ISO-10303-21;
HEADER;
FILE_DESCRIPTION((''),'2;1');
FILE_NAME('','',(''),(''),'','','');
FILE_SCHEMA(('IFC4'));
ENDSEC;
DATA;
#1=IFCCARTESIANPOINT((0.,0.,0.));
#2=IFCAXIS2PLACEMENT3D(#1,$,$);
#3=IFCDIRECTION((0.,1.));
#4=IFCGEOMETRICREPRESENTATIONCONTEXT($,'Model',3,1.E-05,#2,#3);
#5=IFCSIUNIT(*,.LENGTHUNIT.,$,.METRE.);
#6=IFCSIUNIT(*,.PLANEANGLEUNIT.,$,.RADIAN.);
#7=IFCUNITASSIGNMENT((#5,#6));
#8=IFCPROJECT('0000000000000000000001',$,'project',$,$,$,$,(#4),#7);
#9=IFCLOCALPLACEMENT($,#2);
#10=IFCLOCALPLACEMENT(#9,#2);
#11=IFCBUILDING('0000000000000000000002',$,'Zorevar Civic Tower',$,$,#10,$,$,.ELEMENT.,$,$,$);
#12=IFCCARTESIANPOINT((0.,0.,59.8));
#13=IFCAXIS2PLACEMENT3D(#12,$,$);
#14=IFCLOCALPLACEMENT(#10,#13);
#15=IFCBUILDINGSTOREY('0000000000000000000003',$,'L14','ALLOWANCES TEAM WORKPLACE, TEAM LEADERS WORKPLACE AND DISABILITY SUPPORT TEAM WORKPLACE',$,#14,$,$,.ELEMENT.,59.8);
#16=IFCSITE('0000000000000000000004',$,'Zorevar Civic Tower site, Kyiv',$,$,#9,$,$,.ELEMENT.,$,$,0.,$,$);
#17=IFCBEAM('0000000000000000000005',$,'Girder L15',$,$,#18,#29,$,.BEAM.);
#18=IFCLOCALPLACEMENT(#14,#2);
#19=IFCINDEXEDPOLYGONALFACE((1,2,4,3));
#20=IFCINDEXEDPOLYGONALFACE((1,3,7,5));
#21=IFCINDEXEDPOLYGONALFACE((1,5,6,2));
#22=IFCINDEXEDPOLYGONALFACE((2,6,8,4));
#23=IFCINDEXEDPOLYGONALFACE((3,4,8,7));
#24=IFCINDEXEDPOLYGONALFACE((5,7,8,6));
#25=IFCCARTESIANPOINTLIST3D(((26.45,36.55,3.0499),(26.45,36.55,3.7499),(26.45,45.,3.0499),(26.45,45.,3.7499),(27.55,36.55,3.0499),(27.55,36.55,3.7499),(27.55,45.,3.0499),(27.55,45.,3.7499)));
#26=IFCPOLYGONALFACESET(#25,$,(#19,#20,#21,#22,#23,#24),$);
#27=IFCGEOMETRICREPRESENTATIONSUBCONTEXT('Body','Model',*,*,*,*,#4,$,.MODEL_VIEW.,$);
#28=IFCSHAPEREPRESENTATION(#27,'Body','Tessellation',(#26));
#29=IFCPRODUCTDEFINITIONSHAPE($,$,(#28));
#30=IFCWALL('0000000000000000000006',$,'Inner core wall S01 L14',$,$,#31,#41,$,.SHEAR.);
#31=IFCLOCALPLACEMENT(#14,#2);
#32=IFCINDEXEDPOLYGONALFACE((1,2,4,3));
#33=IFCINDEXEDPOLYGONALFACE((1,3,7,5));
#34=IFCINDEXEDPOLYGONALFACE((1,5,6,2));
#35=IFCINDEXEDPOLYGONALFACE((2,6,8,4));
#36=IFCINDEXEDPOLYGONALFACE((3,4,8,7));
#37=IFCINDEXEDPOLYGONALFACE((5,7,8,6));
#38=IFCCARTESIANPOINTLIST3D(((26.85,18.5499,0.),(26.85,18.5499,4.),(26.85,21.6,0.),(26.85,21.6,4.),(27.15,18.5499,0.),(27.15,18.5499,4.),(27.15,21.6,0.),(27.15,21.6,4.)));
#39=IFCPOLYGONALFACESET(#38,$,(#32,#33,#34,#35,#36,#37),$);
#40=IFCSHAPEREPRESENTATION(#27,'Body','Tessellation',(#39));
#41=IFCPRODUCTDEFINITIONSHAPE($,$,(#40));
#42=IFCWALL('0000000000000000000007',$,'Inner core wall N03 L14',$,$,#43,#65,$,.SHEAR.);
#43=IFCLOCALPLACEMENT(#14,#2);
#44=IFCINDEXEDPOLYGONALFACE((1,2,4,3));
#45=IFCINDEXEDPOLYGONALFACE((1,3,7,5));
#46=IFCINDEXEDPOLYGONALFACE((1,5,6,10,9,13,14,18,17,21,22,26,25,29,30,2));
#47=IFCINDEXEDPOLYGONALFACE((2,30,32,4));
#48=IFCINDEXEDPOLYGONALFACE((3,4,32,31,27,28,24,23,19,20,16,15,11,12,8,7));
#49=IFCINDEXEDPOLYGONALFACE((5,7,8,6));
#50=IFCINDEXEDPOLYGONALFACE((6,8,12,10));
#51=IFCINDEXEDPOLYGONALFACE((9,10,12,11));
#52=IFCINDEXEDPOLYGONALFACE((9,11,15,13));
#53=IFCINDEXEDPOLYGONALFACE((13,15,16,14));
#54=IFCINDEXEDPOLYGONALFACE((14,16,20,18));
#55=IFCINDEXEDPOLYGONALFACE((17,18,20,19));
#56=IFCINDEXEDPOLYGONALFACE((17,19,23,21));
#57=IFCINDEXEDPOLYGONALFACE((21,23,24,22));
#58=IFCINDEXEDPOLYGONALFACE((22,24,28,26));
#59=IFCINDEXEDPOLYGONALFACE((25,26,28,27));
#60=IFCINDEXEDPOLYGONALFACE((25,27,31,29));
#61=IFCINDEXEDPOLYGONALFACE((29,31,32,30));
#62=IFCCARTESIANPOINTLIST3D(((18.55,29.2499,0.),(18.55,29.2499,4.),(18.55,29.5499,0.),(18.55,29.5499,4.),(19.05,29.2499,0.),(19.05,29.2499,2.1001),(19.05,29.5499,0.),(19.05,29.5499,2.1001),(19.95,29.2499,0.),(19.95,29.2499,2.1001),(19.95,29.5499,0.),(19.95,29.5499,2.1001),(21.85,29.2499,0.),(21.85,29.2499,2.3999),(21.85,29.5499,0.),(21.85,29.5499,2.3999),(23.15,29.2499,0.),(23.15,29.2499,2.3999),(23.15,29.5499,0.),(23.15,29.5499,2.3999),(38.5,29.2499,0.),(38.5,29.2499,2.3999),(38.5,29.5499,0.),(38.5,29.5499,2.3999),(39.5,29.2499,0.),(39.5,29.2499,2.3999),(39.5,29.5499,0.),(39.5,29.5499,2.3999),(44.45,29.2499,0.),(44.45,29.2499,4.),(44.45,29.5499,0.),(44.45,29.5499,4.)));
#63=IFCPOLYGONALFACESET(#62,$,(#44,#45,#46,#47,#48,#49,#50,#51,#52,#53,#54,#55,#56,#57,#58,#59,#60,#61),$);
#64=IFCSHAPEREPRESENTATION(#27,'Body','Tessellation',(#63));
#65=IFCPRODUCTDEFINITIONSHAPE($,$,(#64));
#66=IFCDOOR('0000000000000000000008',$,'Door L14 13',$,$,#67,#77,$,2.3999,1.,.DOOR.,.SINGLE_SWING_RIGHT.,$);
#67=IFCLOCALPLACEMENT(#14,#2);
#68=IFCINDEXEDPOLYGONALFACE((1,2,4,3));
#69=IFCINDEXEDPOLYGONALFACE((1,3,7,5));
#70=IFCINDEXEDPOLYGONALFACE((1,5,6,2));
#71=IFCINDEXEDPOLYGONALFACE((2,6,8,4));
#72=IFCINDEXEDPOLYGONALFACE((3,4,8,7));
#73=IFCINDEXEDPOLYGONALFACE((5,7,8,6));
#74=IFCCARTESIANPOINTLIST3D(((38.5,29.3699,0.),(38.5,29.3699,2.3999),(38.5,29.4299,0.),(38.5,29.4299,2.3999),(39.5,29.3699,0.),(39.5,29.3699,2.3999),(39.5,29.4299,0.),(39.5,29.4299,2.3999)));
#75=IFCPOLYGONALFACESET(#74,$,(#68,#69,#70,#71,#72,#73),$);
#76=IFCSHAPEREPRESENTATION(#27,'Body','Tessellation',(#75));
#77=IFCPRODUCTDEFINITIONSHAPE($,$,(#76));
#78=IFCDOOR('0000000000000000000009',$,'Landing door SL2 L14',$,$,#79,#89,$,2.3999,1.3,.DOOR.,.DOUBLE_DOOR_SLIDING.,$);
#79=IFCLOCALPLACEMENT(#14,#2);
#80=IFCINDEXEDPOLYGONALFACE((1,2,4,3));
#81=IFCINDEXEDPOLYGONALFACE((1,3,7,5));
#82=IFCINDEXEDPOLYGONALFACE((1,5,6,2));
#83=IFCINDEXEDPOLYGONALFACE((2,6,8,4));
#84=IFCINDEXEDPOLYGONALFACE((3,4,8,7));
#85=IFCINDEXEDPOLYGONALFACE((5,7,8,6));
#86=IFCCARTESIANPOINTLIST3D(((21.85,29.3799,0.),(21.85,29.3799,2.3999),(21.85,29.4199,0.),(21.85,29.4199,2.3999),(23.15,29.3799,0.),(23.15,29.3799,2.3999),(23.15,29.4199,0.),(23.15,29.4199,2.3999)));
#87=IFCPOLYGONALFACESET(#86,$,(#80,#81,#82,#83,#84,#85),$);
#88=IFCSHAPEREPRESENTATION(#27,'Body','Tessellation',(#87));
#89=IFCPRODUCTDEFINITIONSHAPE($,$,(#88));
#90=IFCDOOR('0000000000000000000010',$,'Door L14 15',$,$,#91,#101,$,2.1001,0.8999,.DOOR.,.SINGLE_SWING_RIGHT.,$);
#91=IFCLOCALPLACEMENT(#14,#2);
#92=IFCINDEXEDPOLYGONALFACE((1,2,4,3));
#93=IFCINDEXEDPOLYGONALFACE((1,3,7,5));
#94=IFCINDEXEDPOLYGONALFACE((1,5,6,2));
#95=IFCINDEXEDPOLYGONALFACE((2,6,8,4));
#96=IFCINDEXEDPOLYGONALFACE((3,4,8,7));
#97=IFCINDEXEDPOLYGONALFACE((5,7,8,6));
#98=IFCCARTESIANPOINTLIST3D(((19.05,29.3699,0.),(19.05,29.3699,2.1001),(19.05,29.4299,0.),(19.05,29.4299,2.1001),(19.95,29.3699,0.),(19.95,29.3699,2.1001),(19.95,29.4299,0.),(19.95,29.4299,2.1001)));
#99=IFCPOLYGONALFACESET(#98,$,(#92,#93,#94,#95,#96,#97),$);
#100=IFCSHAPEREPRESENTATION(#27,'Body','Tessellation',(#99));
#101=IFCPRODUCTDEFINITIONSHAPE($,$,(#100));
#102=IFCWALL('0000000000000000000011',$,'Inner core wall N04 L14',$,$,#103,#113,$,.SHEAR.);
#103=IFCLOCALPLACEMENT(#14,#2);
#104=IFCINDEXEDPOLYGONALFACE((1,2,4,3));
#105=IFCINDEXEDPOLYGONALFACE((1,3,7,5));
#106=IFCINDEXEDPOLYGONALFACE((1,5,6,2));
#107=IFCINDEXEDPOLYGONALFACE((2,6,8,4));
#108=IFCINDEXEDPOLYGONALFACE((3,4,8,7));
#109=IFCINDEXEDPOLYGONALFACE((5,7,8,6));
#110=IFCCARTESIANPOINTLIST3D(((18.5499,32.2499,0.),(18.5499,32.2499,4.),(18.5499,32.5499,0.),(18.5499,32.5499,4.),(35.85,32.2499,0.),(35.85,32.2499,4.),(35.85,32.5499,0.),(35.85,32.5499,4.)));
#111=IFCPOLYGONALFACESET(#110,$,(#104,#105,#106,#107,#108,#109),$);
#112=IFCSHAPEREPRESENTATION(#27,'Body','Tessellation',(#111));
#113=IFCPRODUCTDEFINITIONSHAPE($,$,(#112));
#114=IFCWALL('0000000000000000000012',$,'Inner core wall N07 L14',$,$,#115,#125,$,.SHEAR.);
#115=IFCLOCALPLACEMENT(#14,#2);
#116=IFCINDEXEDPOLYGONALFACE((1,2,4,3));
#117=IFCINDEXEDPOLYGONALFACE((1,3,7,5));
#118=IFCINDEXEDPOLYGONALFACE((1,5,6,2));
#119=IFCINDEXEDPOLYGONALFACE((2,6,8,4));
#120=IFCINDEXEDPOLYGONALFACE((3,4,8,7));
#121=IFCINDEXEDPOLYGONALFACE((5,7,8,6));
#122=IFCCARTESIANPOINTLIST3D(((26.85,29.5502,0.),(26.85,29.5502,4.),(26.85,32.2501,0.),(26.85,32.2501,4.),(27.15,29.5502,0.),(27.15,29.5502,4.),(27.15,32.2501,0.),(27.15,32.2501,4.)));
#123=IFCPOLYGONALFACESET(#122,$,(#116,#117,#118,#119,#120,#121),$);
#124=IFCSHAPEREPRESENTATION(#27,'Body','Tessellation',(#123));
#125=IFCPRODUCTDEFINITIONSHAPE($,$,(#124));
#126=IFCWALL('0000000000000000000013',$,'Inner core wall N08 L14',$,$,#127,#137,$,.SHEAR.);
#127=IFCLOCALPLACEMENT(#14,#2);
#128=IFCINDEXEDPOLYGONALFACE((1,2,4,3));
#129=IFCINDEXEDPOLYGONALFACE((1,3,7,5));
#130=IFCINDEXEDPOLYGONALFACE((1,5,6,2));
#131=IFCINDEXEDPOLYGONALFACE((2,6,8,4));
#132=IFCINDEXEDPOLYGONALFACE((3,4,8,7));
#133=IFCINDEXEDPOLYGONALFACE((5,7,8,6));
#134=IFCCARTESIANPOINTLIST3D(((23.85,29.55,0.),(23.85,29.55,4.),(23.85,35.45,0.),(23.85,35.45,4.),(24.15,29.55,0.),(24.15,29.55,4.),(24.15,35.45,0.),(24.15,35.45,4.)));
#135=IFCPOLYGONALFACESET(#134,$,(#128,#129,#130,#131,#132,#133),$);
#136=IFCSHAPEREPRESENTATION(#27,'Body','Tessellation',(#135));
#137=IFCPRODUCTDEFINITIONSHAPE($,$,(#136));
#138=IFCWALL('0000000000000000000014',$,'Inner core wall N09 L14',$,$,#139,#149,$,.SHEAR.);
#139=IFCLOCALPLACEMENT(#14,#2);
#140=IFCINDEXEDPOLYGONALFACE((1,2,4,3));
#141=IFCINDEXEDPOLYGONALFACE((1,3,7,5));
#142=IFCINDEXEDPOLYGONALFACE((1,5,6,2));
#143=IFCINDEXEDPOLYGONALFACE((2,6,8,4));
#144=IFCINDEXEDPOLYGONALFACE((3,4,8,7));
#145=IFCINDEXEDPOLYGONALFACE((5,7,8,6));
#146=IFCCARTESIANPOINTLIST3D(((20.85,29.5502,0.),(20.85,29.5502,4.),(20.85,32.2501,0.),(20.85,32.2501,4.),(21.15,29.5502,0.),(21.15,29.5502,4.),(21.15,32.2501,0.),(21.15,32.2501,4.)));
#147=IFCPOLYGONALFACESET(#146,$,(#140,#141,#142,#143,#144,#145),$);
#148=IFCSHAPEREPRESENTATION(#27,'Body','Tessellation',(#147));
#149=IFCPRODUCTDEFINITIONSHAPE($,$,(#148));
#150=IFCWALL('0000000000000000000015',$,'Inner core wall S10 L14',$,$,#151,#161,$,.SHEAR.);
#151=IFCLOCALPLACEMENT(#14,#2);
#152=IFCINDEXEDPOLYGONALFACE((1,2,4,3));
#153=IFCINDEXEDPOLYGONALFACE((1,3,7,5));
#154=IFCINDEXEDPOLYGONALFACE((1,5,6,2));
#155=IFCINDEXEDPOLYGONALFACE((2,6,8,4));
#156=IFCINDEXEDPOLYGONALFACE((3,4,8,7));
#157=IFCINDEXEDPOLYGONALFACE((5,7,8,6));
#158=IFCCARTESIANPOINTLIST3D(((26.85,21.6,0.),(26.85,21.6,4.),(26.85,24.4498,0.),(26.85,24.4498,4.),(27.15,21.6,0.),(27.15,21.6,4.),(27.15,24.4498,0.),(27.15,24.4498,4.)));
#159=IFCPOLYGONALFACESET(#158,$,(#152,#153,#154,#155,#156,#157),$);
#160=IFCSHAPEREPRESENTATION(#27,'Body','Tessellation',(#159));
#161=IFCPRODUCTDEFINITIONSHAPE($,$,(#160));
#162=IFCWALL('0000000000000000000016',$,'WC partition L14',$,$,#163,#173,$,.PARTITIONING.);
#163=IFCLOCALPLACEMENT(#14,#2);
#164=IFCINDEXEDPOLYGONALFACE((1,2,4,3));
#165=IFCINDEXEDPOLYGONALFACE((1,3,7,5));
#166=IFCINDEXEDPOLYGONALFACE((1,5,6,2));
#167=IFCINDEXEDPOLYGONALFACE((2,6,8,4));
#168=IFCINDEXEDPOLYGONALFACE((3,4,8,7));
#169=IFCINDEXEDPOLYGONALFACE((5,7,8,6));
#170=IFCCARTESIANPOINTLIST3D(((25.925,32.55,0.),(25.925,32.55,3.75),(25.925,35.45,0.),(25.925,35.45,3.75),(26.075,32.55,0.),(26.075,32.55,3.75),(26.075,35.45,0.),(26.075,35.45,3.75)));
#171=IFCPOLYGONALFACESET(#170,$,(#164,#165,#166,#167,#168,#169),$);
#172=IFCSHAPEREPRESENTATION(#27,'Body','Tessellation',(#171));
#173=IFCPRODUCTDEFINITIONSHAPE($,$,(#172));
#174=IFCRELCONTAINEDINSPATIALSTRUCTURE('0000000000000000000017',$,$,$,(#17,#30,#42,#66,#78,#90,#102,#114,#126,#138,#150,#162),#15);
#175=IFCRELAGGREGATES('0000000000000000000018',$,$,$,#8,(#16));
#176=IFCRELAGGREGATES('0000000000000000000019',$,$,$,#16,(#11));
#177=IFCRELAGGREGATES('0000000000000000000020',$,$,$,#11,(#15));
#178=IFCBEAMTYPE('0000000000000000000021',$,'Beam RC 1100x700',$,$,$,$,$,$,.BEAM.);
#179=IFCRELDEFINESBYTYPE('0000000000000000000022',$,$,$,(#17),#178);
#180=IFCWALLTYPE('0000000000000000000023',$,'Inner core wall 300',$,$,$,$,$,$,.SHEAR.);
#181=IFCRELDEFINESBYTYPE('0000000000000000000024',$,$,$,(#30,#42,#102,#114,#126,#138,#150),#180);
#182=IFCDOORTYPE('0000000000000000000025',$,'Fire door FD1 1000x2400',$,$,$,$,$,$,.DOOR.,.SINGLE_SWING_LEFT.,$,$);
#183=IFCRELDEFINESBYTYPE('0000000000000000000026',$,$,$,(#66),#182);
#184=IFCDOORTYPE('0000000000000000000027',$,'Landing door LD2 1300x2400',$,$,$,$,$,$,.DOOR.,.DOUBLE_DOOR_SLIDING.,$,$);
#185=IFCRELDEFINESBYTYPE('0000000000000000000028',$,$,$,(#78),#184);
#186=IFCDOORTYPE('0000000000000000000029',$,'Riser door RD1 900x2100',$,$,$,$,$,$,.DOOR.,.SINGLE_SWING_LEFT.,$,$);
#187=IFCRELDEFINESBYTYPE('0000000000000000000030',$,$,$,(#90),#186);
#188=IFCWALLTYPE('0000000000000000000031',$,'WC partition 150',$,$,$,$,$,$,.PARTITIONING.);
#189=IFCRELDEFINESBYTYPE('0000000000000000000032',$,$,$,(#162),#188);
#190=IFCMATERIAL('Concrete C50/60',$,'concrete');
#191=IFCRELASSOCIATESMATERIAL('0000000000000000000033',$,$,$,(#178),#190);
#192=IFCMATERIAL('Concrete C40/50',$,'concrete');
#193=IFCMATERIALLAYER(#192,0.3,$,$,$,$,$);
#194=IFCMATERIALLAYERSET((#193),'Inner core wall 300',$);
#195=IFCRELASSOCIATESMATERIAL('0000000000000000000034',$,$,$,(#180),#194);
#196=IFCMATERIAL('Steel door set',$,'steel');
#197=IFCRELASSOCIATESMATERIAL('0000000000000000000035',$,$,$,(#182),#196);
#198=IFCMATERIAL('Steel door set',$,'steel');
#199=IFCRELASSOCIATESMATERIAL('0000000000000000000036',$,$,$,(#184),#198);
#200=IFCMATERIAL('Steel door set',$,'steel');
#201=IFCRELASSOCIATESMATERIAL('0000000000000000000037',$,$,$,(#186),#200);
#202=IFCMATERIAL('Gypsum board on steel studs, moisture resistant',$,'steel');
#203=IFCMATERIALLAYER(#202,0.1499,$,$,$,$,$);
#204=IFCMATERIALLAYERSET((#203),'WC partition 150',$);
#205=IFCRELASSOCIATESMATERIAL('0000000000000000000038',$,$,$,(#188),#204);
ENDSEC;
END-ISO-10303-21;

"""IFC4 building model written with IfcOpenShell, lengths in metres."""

from ifc_helpers import new_model, si_unit, direction, frame, frame_2d, origin, origin_2d, place, context, subcontext, project, spatial, rectangle, extrude, material, layer, layer_set, material_profile, profile_set, type_object, element, fill, save


model = new_model("IFC4")

# Units and contexts
model_context = context("Model", 3, precision=1e-05, world=origin(), true_north=direction((0.0, 1.0)))
body_context = subcontext(model_context, "Body", "Model", "MODEL_VIEW")
ifc_project = project(units=[si_unit("LENGTHUNIT", "METRE"), si_unit("PLANEANGLEUNIT", "RADIAN")], contexts=[model_context])

# Site, building, storey
site_placement = place(None, origin())
site = spatial("IfcSite", under=ifc_project, at=site_placement, Name="Zorevar Civic Tower site, Kyiv", CompositionType="ELEMENT", RefElevation=0.0)
building_placement = place(site_placement, origin())
building = spatial("IfcBuilding", under=site, at=building_placement, Name="Zorevar Civic Tower", CompositionType="ELEMENT")
storey_placement = place(building_placement, frame((0.0, 0.0, 59.8)))
storey = spatial("IfcBuildingStorey", under=building, at=storey_placement, Name="L14", Description="ALLOWANCES TEAM WORKPLACE, TEAM LEADERS WORKPLACE AND DISABILITY SUPPORT TEAM WORKPLACE", CompositionType="ELEMENT", Elevation=59.8)

# Beam
ifc_material_1 = material(Name="Concrete C50/60", Category="concrete")
ifc_material_profile = material_profile(ifc_material_1, rectangle(XDim=1.1001, YDim=0.7, at=origin_2d()), Name="RC 1100x700")
ifc_profile_set = profile_set([ifc_material_profile], Name="Concrete C50/60")
beam_type = type_object("IfcBeamType", Name="Beam RC 1100x700", PredefinedType="BEAM", material=ifc_profile_set)
beam_placement = place(storey_placement, frame((27.0, 36.55, 3.3999), z_axis=(0.0, 1.0, 0.0), x_axis=(-1.0, 0.0, 0.0)))
element("IfcBeam", 1, at=beam_placement, inside=storey, type_object=beam_type, Name="Girder L15", PredefinedType="BEAM", context=body_context, shape_type="SweptSolid", body=[
    extrude(rectangle(XDim=1.1001, YDim=0.7, at=origin_2d()), origin(), (0.0, 0.0, 1.0), 8.45),
])

# Wall
ifc_material_2 = material(Name="Concrete C40/50", Category="concrete")
ifc_layer_1 = layer(ifc_material_2, 0.3)
ifc_layer_set_1 = layer_set([ifc_layer_1], Name="Inner core wall 300")
wall_type_1 = type_object("IfcWallType", Name="Inner core wall 300", PredefinedType="SHEAR", material=ifc_layer_set_1)
wall_1_placement = place(storey_placement, frame((27.0, 18.55, 0.0), z_axis=(0.0, 0.0, 1.0), x_axis=(0.0, 1.0, 0.0)))
element("IfcWall", 2, at=wall_1_placement, inside=storey, type_object=wall_type_1, Name="Inner core wall S01 L14", PredefinedType="SHEAR", context=body_context, shape_type="SweptSolid", body=[
    extrude(rectangle(XDim=3.05, YDim=0.3, at=frame_2d((1.5249, 0.0))), origin(), (0.0, 0.0, 1.0), 4.0),
])

# Wall, openings, doors
wall_2_placement = place(storey_placement, frame((18.55, 29.3999, 0.0), z_axis=(0.0, 0.0, 1.0), x_axis=(1.0, 0.0, 0.0)))
wall_2 = element("IfcWall", 3, at=wall_2_placement, inside=storey, type_object=wall_type_1, Name="Inner core wall N03 L14", PredefinedType="SHEAR", context=body_context, shape_type="SweptSolid", body=[
    extrude(rectangle(XDim=25.8999, YDim=0.3, at=frame_2d((12.95, 0.0))), origin(), (0.0, 0.0, 1.0), 4.0),
])
opening_1_placement = place(wall_2_placement, frame((19.95, 0.0, 0.0)))
opening_1 = element("IfcOpeningElement", 4, at=opening_1_placement, cuts=wall_2, PredefinedType="OPENING", context=body_context, shape_type="SweptSolid", body=[
    extrude(rectangle(XDim=1.0, YDim=2.3999, at=frame_2d((0.5, 1.2))), frame((0.0, 0.1599, 0.0), z_axis=(0.0, -1.0, 0.0), x_axis=(1.0, 0.0, 0.0)), (0.0, 0.0, 1.0), 0.3201),
])
opening_2_placement = place(wall_2_placement, frame((0.5, 0.0, 0.0)))
opening_2 = element("IfcOpeningElement", 5, at=opening_2_placement, cuts=wall_2, PredefinedType="OPENING", context=body_context, shape_type="SweptSolid", body=[
    extrude(rectangle(XDim=0.8999, YDim=2.1001, at=frame_2d((0.45, 1.05))), frame((0.0, 0.1599, 0.0), z_axis=(0.0, -1.0, 0.0), x_axis=(1.0, 0.0, 0.0)), (0.0, 0.0, 1.0), 0.3201),
])
opening_3_placement = place(wall_2_placement, frame((3.3, 0.0, 0.0)))
opening_3 = element("IfcOpeningElement", 6, at=opening_3_placement, cuts=wall_2, PredefinedType="OPENING", context=body_context, shape_type="SweptSolid", body=[
    extrude(rectangle(XDim=1.3, YDim=2.3999, at=frame_2d((0.6499, 1.2))), frame((0.0, 0.1599, 0.0), z_axis=(0.0, -1.0, 0.0), x_axis=(1.0, 0.0, 0.0)), (0.0, 0.0, 1.0), 0.3201),
])
ifc_material_3 = material(Name="Steel door set", Category="steel")
door_type_1 = type_object("IfcDoorType", Name="Fire door FD1 1000x2400", OperationType="SINGLE_SWING_LEFT", PredefinedType="DOOR", material=ifc_material_3)
door_1_placement = place(opening_1_placement, origin())
door_1 = element("IfcDoor", 7, at=door_1_placement, inside=storey, type_object=door_type_1, Name="Door L14 13", OperationType="SINGLE_SWING_RIGHT", OverallHeight=2.3999, OverallWidth=1.0, PredefinedType="DOOR", context=body_context, shape_type="SweptSolid", body=[
    extrude(rectangle(XDim=1.0, YDim=2.3999, at=frame_2d((0.5, 1.2))), frame((0.0, 0.03, 0.0), z_axis=(0.0, -1.0, 0.0), x_axis=(1.0, 0.0, 0.0)), (0.0, 0.0, 1.0), 0.0601),
])
fill(opening_1, door_1)
ifc_material_4 = material(Name="Steel door set", Category="steel")
door_type_2 = type_object("IfcDoorType", Name="Landing door LD2 1300x2400", OperationType="DOUBLE_DOOR_SLIDING", PredefinedType="DOOR", material=ifc_material_4)
door_2_placement = place(opening_3_placement, origin())
door_2 = element("IfcDoor", 8, at=door_2_placement, inside=storey, type_object=door_type_2, Name="Landing door SL2 L14", OperationType="DOUBLE_DOOR_SLIDING", OverallHeight=2.3999, OverallWidth=1.3, PredefinedType="DOOR", context=body_context, shape_type="SweptSolid", body=[
    extrude(rectangle(XDim=1.3, YDim=2.3999, at=frame_2d((0.6499, 1.2))), frame((0.0, 0.02, 0.0), z_axis=(0.0, -1.0, 0.0), x_axis=(1.0, 0.0, 0.0)), (0.0, 0.0, 1.0), 0.04),
])
fill(opening_3, door_2)
ifc_material_5 = material(Name="Steel door set", Category="steel")
door_type_3 = type_object("IfcDoorType", Name="Riser door RD1 900x2100", OperationType="SINGLE_SWING_LEFT", PredefinedType="DOOR", material=ifc_material_5)
door_3_placement = place(opening_2_placement, origin())
door_3 = element("IfcDoor", 9, at=door_3_placement, inside=storey, type_object=door_type_3, Name="Door L14 15", OperationType="SINGLE_SWING_RIGHT", OverallHeight=2.1001, OverallWidth=0.8999, PredefinedType="DOOR", context=body_context, shape_type="SweptSolid", body=[
    extrude(rectangle(XDim=0.8999, YDim=2.1001, at=frame_2d((0.45, 1.05))), frame((0.0, 0.03, 0.0), z_axis=(0.0, -1.0, 0.0), x_axis=(1.0, 0.0, 0.0)), (0.0, 0.0, 1.0), 0.0601),
])
fill(opening_2, door_3)

# Walls
wall_3_placement = place(storey_placement, frame((18.55, 32.3999, 0.0), z_axis=(0.0, 0.0, 1.0), x_axis=(1.0, 0.0, 0.0)))
element("IfcWall", 10, at=wall_3_placement, inside=storey, type_object=wall_type_1, Name="Inner core wall N04 L14", PredefinedType="SHEAR", context=body_context, shape_type="SweptSolid", body=[
    extrude(rectangle(XDim=17.3, YDim=0.3, at=frame_2d((8.6499, 0.0))), origin(), (0.0, 0.0, 1.0), 4.0),
])
wall_4_placement = place(storey_placement, frame((27.0, 29.55, 0.0), z_axis=(0.0, 0.0, 1.0), x_axis=(0.0, 1.0, 0.0)))
element("IfcWall", 11, at=wall_4_placement, inside=storey, type_object=wall_type_1, Name="Inner core wall N07 L14", PredefinedType="SHEAR", context=body_context, shape_type="SweptSolid", body=[
    extrude(rectangle(XDim=2.7, YDim=0.3, at=frame_2d((1.3501, 0.0))), origin(), (0.0, 0.0, 1.0), 4.0),
])
wall_5_placement = place(storey_placement, frame((24.0, 29.55, 0.0), z_axis=(0.0, 0.0, 1.0), x_axis=(0.0, 1.0, 0.0)))
element("IfcWall", 12, at=wall_5_placement, inside=storey, type_object=wall_type_1, Name="Inner core wall N08 L14", PredefinedType="SHEAR", context=body_context, shape_type="SweptSolid", body=[
    extrude(rectangle(XDim=5.8999, YDim=0.3, at=frame_2d((2.95, 0.0))), origin(), (0.0, 0.0, 1.0), 4.0),
])
wall_6_placement = place(storey_placement, frame((21.0, 29.55, 0.0), z_axis=(0.0, 0.0, 1.0), x_axis=(0.0, 1.0, 0.0)))
element("IfcWall", 13, at=wall_6_placement, inside=storey, type_object=wall_type_1, Name="Inner core wall N09 L14", PredefinedType="SHEAR", context=body_context, shape_type="SweptSolid", body=[
    extrude(rectangle(XDim=2.7, YDim=0.3, at=frame_2d((1.3501, 0.0))), origin(), (0.0, 0.0, 1.0), 4.0),
])
wall_7_placement = place(storey_placement, frame((27.0, 21.6001, 0.0), z_axis=(0.0, 0.0, 1.0), x_axis=(0.0, 1.0, 0.0)))
element("IfcWall", 14, at=wall_7_placement, inside=storey, type_object=wall_type_1, Name="Inner core wall S10 L14", PredefinedType="SHEAR", context=body_context, shape_type="SweptSolid", body=[
    extrude(rectangle(XDim=2.8499, YDim=0.3, at=frame_2d((1.4248, 0.0))), origin(), (0.0, 0.0, 1.0), 4.0),
])

# Wall
ifc_material_6 = material(Name="Gypsum board on steel studs, moisture resistant", Category="steel")
ifc_layer_2 = layer(ifc_material_6, 0.1499)
ifc_layer_set_2 = layer_set([ifc_layer_2], Name="WC partition 150")
wall_type_2 = type_object("IfcWallType", Name="WC partition 150", PredefinedType="PARTITIONING", material=ifc_layer_set_2)
wall_8_placement = place(storey_placement, frame((26.0, 32.55, 0.0), z_axis=(0.0, 0.0, 1.0), x_axis=(0.0, 1.0, 0.0)))
element("IfcWall", 15, at=wall_8_placement, inside=storey, type_object=wall_type_2, Name="WC partition L14", PredefinedType="PARTITIONING", context=body_context, shape_type="SweptSolid", body=[
    extrude(rectangle(XDim=2.8999, YDim=0.1499, at=frame_2d((1.45, 0.0))), origin(), (0.0, 0.0, 1.0), 3.75),
])

save(model, "model.ifc")
